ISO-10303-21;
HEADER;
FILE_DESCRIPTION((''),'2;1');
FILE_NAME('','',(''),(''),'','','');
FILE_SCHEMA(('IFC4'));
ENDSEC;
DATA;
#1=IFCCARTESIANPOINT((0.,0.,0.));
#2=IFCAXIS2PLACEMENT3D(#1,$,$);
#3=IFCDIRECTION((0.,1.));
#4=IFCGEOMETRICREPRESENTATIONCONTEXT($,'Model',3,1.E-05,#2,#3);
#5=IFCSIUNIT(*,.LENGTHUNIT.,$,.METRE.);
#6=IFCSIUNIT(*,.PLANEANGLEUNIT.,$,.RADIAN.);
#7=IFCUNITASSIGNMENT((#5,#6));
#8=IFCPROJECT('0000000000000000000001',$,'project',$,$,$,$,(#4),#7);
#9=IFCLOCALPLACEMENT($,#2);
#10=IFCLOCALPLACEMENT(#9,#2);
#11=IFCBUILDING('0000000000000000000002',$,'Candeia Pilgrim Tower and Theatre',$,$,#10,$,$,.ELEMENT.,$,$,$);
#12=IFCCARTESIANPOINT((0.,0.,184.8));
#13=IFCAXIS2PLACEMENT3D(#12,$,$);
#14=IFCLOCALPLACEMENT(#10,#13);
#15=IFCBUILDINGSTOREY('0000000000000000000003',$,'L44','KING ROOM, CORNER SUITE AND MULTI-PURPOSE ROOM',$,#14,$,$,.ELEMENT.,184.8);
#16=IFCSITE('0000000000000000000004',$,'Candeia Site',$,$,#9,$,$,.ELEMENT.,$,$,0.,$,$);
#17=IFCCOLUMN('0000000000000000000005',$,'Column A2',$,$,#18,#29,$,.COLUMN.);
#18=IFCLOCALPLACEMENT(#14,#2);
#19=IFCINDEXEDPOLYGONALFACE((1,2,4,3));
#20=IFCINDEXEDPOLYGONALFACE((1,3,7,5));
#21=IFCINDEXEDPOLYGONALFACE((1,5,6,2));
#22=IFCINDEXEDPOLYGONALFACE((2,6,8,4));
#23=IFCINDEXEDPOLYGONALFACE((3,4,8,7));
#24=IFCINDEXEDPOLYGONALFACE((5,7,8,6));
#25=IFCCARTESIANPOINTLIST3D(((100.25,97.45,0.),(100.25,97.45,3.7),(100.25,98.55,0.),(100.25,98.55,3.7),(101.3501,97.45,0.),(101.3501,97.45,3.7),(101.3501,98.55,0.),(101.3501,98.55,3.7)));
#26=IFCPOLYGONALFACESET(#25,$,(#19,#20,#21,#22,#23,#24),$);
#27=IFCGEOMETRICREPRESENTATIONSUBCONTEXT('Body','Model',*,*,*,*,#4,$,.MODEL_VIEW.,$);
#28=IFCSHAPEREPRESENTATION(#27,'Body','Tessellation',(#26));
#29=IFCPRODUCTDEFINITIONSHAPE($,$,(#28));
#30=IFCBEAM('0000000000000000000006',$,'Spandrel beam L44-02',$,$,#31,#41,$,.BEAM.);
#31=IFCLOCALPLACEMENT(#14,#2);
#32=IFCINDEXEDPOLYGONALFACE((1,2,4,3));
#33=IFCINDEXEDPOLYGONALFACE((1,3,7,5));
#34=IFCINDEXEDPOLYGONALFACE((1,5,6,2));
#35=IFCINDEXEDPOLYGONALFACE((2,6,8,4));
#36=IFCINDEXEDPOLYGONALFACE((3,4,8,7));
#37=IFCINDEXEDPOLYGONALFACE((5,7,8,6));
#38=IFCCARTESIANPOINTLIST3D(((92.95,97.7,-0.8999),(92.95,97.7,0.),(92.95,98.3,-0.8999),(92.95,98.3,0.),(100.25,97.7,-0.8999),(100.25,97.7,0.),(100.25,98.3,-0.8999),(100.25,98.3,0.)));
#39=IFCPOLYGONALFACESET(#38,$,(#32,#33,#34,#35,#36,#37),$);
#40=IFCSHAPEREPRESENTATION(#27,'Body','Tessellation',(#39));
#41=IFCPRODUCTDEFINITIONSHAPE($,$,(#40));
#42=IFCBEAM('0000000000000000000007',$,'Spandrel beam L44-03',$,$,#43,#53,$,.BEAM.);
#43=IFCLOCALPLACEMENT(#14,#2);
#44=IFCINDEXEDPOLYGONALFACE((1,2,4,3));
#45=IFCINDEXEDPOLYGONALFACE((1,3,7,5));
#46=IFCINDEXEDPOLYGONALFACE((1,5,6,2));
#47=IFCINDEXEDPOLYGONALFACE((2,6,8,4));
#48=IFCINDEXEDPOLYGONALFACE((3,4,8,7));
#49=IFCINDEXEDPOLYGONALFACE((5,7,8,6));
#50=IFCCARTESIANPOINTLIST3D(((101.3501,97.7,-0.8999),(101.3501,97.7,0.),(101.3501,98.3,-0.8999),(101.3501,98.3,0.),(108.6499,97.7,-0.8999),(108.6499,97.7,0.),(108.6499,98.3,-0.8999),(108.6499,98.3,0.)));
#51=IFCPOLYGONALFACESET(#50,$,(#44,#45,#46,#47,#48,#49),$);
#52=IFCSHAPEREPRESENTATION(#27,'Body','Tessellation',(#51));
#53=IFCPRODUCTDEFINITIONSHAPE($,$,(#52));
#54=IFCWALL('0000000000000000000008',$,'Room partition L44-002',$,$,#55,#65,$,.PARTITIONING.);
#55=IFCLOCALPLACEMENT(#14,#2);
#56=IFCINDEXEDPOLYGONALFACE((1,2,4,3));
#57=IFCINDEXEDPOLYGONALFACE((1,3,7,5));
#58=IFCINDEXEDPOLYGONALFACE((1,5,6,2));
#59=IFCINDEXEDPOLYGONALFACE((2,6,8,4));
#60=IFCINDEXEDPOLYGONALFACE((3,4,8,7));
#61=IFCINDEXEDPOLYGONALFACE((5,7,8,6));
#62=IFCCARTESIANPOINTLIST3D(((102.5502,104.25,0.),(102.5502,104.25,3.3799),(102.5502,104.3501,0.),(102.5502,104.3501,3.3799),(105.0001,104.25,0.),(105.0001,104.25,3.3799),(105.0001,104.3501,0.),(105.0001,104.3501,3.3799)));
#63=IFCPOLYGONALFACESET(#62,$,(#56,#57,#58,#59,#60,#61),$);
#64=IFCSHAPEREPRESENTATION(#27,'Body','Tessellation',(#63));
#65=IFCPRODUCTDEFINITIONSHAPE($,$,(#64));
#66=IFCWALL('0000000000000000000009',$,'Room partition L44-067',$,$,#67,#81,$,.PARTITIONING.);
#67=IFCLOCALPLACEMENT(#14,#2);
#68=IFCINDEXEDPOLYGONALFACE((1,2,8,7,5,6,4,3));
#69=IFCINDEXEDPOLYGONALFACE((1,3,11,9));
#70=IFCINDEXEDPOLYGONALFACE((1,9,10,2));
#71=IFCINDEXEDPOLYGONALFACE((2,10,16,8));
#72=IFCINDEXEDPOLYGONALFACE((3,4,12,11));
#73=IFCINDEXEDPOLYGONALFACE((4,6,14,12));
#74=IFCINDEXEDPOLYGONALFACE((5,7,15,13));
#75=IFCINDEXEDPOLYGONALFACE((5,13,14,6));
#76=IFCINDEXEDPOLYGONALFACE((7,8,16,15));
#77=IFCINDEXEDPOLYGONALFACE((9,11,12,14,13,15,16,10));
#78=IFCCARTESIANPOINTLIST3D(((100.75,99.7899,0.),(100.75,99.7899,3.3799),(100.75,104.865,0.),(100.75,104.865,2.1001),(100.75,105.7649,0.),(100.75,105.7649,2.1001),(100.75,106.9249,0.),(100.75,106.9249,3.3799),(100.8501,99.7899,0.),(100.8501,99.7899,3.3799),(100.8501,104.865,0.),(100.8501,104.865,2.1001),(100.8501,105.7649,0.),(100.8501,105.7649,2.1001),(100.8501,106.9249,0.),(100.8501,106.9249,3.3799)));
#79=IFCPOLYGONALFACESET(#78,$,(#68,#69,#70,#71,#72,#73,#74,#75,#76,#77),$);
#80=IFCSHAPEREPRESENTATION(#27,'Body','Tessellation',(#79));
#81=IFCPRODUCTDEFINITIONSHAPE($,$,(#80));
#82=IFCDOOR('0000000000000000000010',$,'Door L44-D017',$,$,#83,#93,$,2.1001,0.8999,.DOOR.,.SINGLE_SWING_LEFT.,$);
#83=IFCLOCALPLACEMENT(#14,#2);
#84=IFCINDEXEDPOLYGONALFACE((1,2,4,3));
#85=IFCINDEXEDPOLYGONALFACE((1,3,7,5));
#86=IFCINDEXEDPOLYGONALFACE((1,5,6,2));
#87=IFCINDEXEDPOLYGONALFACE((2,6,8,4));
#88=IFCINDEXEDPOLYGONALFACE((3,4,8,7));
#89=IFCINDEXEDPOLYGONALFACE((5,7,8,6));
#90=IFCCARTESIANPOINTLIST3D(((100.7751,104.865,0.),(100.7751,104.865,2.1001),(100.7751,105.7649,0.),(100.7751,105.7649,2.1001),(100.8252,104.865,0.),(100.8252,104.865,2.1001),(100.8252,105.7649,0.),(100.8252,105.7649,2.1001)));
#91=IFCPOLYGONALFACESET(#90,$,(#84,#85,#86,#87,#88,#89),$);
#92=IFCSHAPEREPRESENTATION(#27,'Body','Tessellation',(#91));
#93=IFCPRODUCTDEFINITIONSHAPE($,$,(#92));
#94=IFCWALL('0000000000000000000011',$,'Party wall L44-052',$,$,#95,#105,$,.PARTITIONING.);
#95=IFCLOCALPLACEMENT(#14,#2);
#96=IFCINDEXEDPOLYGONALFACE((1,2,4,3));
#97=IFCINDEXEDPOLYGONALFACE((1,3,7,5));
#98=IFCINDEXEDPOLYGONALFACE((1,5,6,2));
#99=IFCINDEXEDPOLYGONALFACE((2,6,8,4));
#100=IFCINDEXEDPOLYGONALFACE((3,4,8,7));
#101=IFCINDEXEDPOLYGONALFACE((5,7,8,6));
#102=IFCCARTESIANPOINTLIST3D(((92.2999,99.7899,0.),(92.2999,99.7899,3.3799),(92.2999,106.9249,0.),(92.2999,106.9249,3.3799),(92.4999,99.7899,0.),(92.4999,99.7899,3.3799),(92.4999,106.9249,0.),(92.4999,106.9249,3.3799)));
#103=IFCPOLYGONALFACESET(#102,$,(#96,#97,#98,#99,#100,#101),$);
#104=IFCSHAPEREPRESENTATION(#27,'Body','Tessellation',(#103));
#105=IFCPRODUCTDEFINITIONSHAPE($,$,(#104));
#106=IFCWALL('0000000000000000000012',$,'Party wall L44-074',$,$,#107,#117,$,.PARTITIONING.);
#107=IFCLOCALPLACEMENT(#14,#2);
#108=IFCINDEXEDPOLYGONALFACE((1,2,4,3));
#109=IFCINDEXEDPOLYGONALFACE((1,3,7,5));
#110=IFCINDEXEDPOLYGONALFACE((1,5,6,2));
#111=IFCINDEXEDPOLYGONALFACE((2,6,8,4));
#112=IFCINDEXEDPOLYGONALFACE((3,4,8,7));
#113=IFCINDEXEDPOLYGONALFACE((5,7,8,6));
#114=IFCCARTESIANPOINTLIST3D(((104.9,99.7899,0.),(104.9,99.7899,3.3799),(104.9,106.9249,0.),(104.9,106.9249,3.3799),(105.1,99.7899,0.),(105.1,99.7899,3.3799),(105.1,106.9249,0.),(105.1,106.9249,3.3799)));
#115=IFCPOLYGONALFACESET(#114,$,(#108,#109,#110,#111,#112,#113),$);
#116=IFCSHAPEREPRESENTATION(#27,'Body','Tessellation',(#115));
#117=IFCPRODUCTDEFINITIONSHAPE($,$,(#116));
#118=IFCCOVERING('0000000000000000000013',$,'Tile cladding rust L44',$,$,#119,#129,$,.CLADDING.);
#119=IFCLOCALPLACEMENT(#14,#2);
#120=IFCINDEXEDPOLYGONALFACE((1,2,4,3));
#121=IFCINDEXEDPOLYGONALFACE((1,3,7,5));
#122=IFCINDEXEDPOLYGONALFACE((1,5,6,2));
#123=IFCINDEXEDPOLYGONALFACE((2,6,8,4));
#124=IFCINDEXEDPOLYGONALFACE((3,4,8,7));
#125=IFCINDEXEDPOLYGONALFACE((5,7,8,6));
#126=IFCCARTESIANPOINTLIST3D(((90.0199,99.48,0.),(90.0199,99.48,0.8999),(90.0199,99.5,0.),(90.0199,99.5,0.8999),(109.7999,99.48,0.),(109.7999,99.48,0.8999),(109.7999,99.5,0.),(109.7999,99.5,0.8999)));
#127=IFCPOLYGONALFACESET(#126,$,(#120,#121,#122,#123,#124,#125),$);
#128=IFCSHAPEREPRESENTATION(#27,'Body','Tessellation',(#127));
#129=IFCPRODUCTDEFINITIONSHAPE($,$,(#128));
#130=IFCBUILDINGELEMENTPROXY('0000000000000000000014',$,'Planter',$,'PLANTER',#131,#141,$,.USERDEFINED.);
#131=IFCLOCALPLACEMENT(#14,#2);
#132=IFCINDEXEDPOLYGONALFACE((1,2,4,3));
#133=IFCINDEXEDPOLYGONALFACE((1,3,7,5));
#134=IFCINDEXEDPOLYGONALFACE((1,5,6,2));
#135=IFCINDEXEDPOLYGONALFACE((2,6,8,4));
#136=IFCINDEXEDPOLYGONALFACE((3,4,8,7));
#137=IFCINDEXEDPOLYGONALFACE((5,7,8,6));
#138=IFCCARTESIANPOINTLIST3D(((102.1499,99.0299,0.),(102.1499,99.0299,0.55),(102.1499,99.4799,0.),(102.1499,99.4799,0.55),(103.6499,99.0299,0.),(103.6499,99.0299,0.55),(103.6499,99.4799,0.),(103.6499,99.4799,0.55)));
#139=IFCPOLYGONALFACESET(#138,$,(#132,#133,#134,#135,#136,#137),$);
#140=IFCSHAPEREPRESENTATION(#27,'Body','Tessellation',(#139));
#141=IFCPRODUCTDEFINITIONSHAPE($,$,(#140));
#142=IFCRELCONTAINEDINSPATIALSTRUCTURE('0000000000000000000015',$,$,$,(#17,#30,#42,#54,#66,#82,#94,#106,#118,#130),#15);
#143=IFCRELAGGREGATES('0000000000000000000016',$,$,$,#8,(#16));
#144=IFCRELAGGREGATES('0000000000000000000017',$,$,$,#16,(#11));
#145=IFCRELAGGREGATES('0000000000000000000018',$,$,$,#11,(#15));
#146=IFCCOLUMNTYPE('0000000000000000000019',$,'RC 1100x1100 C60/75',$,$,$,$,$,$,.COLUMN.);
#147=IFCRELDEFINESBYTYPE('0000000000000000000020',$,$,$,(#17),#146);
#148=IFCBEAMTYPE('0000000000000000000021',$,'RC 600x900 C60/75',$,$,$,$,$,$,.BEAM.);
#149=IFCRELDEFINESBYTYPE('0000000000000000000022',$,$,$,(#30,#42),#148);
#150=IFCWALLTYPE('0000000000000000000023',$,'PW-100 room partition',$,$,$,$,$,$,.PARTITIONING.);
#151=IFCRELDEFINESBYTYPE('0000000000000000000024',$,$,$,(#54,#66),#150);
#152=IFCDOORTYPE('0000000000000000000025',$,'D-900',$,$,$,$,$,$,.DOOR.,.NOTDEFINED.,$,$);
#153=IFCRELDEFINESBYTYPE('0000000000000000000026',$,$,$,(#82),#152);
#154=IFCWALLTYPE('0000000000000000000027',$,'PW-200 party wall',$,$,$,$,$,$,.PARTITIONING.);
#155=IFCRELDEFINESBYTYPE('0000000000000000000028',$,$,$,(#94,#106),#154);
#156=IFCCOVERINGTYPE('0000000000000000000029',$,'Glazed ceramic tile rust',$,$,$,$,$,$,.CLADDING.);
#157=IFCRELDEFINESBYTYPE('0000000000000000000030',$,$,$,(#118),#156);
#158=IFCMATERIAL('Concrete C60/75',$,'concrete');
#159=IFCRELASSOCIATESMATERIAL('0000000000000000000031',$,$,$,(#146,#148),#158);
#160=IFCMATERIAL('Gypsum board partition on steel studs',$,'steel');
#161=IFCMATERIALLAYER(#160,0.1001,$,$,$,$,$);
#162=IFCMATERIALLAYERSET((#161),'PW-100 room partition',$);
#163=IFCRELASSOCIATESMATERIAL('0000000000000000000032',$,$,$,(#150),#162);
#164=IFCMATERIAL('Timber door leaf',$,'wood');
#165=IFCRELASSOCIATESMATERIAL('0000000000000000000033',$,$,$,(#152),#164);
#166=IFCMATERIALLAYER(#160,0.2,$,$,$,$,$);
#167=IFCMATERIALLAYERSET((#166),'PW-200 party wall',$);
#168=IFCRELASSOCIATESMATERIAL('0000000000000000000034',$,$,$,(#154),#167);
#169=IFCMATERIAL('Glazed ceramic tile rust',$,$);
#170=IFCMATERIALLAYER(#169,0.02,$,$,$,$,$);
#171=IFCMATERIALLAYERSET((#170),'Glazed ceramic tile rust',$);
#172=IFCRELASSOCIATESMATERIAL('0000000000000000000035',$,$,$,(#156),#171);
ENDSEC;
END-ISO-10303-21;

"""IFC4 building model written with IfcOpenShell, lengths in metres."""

from ifc_helpers import new_model, si_unit, direction, frame, frame_2d, origin, origin_2d, place, context, subcontext, project, spatial, rectangle, extrude, material, layer, layer_set, material_profile, profile_set, type_object, element, fill, save


model = new_model("IFC4")

# Units and contexts
model_context = context("Model", 3, precision=1e-05, world=origin(), true_north=direction((0.0, 1.0)))
body_context = subcontext(model_context, "Body", "Model", "MODEL_VIEW")
ifc_project = project(units=[si_unit("LENGTHUNIT", "METRE"), si_unit("PLANEANGLEUNIT", "RADIAN")], contexts=[model_context])

# Site, building, storey
site_placement = place(None, origin())
site = spatial("IfcSite", under=ifc_project, at=site_placement, Name="Candeia Site", CompositionType="ELEMENT", RefElevation=0.0)
building_placement = place(site_placement, origin())
building = spatial("IfcBuilding", under=site, at=building_placement, Name="Candeia Pilgrim Tower and Theatre", CompositionType="ELEMENT")
storey_placement = place(building_placement, frame((0.0, 0.0, 184.8)))
storey = spatial("IfcBuildingStorey", under=building, at=storey_placement, Name="L44", Description="KING ROOM, CORNER SUITE AND MULTI-PURPOSE ROOM", CompositionType="ELEMENT", Elevation=184.8)

# Column
ifc_material_1 = material(Name="Concrete C60/75", Category="concrete")
ifc_material_profile_1 = material_profile(ifc_material_1, rectangle(XDim=1.1001, YDim=1.1001, at=origin_2d()))
ifc_profile_set_1 = profile_set([ifc_material_profile_1], Name="Concrete C60/75")
column_type = type_object("IfcColumnType", Name="RC 1100x1100 C60/75", PredefinedType="COLUMN", material=ifc_profile_set_1)
column_placement = place(storey_placement, frame((100.8, 98.0, 0.0), z_axis=(0.0, 0.0, 1.0), x_axis=(1.0, 0.0, 0.0)))
element("IfcColumn", 1, at=column_placement, inside=storey, type_object=column_type, Name="Column A2", PredefinedType="COLUMN", context=body_context, shape_type="SweptSolid", body=[
    extrude(rectangle(XDim=1.1001, YDim=1.1001, at=origin_2d()), origin(), (0.0, 0.0, 1.0), 3.7),
])

# Beams
ifc_material_profile_2 = material_profile(ifc_material_1, rectangle(XDim=0.6001, YDim=0.8999, at=origin_2d()))
ifc_profile_set_2 = profile_set([ifc_material_profile_2], Name="Concrete C60/75")
beam_type = type_object("IfcBeamType", Name="RC 600x900 C60/75", PredefinedType="BEAM", material=ifc_profile_set_2)
beam_1_placement = place(storey_placement, frame((92.95, 98.0, -0.45), z_axis=(1.0, 0.0, 0.0), x_axis=(0.0, 1.0, 0.0)))
element("IfcBeam", 2, at=beam_1_placement, inside=storey, type_object=beam_type, Name="Spandrel beam L44-02", PredefinedType="BEAM", context=body_context, shape_type="SweptSolid", body=[
    extrude(rectangle(XDim=0.6001, YDim=0.8999, at=origin_2d()), origin(), (0.0, 0.0, 1.0), 7.3),
])
beam_2_placement = place(storey_placement, frame((101.3501, 98.0, -0.45), z_axis=(1.0, 0.0, 0.0), x_axis=(0.0, 1.0, 0.0)))
element("IfcBeam", 3, at=beam_2_placement, inside=storey, type_object=beam_type, Name="Spandrel beam L44-03", PredefinedType="BEAM", context=body_context, shape_type="SweptSolid", body=[
    extrude(rectangle(XDim=0.6001, YDim=0.8999, at=origin_2d()), origin(), (0.0, 0.0, 1.0), 7.2998),
])

# Wall
ifc_material_2 = material(Name="Gypsum board partition on steel studs", Category="steel")
ifc_layer_1 = layer(ifc_material_2, 0.1001)
ifc_layer_set_1 = layer_set([ifc_layer_1], Name="PW-100 room partition")
wall_type_1 = type_object("IfcWallType", Name="PW-100 room partition", PredefinedType="PARTITIONING", material=ifc_layer_set_1)
wall_1_placement = place(storey_placement, frame((102.55, 104.3, 0.0), z_axis=(0.0, 0.0, 1.0), x_axis=(1.0, 0.0, 0.0)))
element("IfcWall", 4, at=wall_1_placement, inside=storey, type_object=wall_type_1, Name="Room partition L44-002", PredefinedType="PARTITIONING", context=body_context, shape_type="SweptSolid", body=[
    extrude(rectangle(XDim=2.45, YDim=0.1001, at=frame_2d((1.2251, 0.0))), origin(), (0.0, 0.0, 1.0), 3.3799),
])

# Wall, opening, door
wall_2_placement = place(storey_placement, frame((100.8, 99.79, 0.0), z_axis=(0.0, 0.0, 1.0), x_axis=(0.0, 1.0, 0.0)))
wall_2 = element("IfcWall", 5, at=wall_2_placement, inside=storey, type_object=wall_type_1, Name="Room partition L44-067", PredefinedType="PARTITIONING", context=body_context, shape_type="SweptSolid", body=[
    extrude(rectangle(XDim=7.135, YDim=0.1001, at=frame_2d((3.5674, 0.0))), origin(), (0.0, 0.0, 1.0), 3.3799),
])
opening_placement = place(wall_2_placement, frame((5.075, 0.0, 0.0)))
opening = element("IfcOpeningElement", 6, at=opening_placement, cuts=wall_2, PredefinedType="OPENING", context=body_context, shape_type="SweptSolid", body=[
    extrude(rectangle(XDim=0.8999, YDim=2.1001, at=frame_2d((0.45, 1.05))), frame((0.0, 0.0601, 0.0), z_axis=(0.0, -1.0, 0.0), x_axis=(1.0, 0.0, 0.0)), (0.0, 0.0, 1.0), 0.1201),
])
ifc_material_3 = material(Name="Timber door leaf", Category="wood")
door_type = type_object("IfcDoorType", Name="D-900", OperationType="NOTDEFINED", PredefinedType="DOOR", material=ifc_material_3)
door_placement = place(opening_placement, origin())
door = element("IfcDoor", 7, at=door_placement, inside=storey, type_object=door_type, Name="Door L44-D017", OperationType="SINGLE_SWING_LEFT", OverallHeight=2.1001, OverallWidth=0.8999, PredefinedType="DOOR", context=body_context, shape_type="SweptSolid", body=[
    extrude(rectangle(XDim=0.8999, YDim=2.1001, at=frame_2d((0.45, 1.05))), frame((0.0, 0.0249, 0.0), z_axis=(0.0, -1.0, 0.0), x_axis=(1.0, 0.0, 0.0)), (0.0, 0.0, 1.0), 0.05),
])
fill(opening, door)

# Walls
ifc_layer_2 = layer(ifc_material_2, 0.2)
ifc_layer_set_2 = layer_set([ifc_layer_2], Name="PW-200 party wall")
wall_type_2 = type_object("IfcWallType", Name="PW-200 party wall", PredefinedType="PARTITIONING", material=ifc_layer_set_2)
for number, where, z_axis, x_axis, name in (
    (8, (92.3999, 99.79, 0.0), (0.0, 0.0, 1.0), (0.0, 1.0, 0.0), "Party wall L44-052"),
    (9, (105.0, 99.79, 0.0), (0.0, 0.0, 1.0), (0.0, 1.0, 0.0), "Party wall L44-074"),
):
    element("IfcWall", number, at=place(storey_placement, frame(where, z_axis=z_axis, x_axis=x_axis)), inside=storey, type_object=wall_type_2, Name=name, PredefinedType="PARTITIONING", context=body_context, shape_type="SweptSolid", body=[
        extrude(rectangle(XDim=7.135, YDim=0.2, at=frame_2d((3.5674, 0.0))), origin(), (0.0, 0.0, 1.0), 3.3799),
    ])

# Covering
ifc_material_4 = material(Name="Glazed ceramic tile rust")
ifc_layer_3 = layer(ifc_material_4, 0.02)
ifc_layer_set_3 = layer_set([ifc_layer_3], Name="Glazed ceramic tile rust")
covering_type = type_object("IfcCoveringType", Name="Glazed ceramic tile rust", PredefinedType="CLADDING", material=ifc_layer_set_3)
covering_placement = place(storey_placement, frame((99.9099, 99.49, 0.0), z_axis=(0.0, 0.0, 1.0), x_axis=(1.0, 0.0, 0.0)))
element("IfcCovering", 10, at=covering_placement, inside=storey, type_object=covering_type, Name="Tile cladding rust L44", PredefinedType="CLADDING", context=body_context, shape_type="SweptSolid", body=[
    extrude(rectangle(XDim=19.78, YDim=0.02, at=origin_2d()), origin(), (0.0, 0.0, 1.0), 0.8999),
])

# Building element proxy
proxy_placement = place(storey_placement, frame((102.8999, 99.2549, 0.0), z_axis=(0.0, 0.0, 1.0), x_axis=(1.0, 0.0, 0.0)))
element("IfcBuildingElementProxy", 11, at=proxy_placement, inside=storey, Name="Planter", ObjectType="PLANTER", PredefinedType="USERDEFINED", context=body_context, shape_type="SweptSolid", body=[
    extrude(rectangle(XDim=1.5, YDim=0.45, at=origin_2d()), origin(), (0.0, 0.0, 1.0), 0.55),
])

save(model, "model.ifc")
